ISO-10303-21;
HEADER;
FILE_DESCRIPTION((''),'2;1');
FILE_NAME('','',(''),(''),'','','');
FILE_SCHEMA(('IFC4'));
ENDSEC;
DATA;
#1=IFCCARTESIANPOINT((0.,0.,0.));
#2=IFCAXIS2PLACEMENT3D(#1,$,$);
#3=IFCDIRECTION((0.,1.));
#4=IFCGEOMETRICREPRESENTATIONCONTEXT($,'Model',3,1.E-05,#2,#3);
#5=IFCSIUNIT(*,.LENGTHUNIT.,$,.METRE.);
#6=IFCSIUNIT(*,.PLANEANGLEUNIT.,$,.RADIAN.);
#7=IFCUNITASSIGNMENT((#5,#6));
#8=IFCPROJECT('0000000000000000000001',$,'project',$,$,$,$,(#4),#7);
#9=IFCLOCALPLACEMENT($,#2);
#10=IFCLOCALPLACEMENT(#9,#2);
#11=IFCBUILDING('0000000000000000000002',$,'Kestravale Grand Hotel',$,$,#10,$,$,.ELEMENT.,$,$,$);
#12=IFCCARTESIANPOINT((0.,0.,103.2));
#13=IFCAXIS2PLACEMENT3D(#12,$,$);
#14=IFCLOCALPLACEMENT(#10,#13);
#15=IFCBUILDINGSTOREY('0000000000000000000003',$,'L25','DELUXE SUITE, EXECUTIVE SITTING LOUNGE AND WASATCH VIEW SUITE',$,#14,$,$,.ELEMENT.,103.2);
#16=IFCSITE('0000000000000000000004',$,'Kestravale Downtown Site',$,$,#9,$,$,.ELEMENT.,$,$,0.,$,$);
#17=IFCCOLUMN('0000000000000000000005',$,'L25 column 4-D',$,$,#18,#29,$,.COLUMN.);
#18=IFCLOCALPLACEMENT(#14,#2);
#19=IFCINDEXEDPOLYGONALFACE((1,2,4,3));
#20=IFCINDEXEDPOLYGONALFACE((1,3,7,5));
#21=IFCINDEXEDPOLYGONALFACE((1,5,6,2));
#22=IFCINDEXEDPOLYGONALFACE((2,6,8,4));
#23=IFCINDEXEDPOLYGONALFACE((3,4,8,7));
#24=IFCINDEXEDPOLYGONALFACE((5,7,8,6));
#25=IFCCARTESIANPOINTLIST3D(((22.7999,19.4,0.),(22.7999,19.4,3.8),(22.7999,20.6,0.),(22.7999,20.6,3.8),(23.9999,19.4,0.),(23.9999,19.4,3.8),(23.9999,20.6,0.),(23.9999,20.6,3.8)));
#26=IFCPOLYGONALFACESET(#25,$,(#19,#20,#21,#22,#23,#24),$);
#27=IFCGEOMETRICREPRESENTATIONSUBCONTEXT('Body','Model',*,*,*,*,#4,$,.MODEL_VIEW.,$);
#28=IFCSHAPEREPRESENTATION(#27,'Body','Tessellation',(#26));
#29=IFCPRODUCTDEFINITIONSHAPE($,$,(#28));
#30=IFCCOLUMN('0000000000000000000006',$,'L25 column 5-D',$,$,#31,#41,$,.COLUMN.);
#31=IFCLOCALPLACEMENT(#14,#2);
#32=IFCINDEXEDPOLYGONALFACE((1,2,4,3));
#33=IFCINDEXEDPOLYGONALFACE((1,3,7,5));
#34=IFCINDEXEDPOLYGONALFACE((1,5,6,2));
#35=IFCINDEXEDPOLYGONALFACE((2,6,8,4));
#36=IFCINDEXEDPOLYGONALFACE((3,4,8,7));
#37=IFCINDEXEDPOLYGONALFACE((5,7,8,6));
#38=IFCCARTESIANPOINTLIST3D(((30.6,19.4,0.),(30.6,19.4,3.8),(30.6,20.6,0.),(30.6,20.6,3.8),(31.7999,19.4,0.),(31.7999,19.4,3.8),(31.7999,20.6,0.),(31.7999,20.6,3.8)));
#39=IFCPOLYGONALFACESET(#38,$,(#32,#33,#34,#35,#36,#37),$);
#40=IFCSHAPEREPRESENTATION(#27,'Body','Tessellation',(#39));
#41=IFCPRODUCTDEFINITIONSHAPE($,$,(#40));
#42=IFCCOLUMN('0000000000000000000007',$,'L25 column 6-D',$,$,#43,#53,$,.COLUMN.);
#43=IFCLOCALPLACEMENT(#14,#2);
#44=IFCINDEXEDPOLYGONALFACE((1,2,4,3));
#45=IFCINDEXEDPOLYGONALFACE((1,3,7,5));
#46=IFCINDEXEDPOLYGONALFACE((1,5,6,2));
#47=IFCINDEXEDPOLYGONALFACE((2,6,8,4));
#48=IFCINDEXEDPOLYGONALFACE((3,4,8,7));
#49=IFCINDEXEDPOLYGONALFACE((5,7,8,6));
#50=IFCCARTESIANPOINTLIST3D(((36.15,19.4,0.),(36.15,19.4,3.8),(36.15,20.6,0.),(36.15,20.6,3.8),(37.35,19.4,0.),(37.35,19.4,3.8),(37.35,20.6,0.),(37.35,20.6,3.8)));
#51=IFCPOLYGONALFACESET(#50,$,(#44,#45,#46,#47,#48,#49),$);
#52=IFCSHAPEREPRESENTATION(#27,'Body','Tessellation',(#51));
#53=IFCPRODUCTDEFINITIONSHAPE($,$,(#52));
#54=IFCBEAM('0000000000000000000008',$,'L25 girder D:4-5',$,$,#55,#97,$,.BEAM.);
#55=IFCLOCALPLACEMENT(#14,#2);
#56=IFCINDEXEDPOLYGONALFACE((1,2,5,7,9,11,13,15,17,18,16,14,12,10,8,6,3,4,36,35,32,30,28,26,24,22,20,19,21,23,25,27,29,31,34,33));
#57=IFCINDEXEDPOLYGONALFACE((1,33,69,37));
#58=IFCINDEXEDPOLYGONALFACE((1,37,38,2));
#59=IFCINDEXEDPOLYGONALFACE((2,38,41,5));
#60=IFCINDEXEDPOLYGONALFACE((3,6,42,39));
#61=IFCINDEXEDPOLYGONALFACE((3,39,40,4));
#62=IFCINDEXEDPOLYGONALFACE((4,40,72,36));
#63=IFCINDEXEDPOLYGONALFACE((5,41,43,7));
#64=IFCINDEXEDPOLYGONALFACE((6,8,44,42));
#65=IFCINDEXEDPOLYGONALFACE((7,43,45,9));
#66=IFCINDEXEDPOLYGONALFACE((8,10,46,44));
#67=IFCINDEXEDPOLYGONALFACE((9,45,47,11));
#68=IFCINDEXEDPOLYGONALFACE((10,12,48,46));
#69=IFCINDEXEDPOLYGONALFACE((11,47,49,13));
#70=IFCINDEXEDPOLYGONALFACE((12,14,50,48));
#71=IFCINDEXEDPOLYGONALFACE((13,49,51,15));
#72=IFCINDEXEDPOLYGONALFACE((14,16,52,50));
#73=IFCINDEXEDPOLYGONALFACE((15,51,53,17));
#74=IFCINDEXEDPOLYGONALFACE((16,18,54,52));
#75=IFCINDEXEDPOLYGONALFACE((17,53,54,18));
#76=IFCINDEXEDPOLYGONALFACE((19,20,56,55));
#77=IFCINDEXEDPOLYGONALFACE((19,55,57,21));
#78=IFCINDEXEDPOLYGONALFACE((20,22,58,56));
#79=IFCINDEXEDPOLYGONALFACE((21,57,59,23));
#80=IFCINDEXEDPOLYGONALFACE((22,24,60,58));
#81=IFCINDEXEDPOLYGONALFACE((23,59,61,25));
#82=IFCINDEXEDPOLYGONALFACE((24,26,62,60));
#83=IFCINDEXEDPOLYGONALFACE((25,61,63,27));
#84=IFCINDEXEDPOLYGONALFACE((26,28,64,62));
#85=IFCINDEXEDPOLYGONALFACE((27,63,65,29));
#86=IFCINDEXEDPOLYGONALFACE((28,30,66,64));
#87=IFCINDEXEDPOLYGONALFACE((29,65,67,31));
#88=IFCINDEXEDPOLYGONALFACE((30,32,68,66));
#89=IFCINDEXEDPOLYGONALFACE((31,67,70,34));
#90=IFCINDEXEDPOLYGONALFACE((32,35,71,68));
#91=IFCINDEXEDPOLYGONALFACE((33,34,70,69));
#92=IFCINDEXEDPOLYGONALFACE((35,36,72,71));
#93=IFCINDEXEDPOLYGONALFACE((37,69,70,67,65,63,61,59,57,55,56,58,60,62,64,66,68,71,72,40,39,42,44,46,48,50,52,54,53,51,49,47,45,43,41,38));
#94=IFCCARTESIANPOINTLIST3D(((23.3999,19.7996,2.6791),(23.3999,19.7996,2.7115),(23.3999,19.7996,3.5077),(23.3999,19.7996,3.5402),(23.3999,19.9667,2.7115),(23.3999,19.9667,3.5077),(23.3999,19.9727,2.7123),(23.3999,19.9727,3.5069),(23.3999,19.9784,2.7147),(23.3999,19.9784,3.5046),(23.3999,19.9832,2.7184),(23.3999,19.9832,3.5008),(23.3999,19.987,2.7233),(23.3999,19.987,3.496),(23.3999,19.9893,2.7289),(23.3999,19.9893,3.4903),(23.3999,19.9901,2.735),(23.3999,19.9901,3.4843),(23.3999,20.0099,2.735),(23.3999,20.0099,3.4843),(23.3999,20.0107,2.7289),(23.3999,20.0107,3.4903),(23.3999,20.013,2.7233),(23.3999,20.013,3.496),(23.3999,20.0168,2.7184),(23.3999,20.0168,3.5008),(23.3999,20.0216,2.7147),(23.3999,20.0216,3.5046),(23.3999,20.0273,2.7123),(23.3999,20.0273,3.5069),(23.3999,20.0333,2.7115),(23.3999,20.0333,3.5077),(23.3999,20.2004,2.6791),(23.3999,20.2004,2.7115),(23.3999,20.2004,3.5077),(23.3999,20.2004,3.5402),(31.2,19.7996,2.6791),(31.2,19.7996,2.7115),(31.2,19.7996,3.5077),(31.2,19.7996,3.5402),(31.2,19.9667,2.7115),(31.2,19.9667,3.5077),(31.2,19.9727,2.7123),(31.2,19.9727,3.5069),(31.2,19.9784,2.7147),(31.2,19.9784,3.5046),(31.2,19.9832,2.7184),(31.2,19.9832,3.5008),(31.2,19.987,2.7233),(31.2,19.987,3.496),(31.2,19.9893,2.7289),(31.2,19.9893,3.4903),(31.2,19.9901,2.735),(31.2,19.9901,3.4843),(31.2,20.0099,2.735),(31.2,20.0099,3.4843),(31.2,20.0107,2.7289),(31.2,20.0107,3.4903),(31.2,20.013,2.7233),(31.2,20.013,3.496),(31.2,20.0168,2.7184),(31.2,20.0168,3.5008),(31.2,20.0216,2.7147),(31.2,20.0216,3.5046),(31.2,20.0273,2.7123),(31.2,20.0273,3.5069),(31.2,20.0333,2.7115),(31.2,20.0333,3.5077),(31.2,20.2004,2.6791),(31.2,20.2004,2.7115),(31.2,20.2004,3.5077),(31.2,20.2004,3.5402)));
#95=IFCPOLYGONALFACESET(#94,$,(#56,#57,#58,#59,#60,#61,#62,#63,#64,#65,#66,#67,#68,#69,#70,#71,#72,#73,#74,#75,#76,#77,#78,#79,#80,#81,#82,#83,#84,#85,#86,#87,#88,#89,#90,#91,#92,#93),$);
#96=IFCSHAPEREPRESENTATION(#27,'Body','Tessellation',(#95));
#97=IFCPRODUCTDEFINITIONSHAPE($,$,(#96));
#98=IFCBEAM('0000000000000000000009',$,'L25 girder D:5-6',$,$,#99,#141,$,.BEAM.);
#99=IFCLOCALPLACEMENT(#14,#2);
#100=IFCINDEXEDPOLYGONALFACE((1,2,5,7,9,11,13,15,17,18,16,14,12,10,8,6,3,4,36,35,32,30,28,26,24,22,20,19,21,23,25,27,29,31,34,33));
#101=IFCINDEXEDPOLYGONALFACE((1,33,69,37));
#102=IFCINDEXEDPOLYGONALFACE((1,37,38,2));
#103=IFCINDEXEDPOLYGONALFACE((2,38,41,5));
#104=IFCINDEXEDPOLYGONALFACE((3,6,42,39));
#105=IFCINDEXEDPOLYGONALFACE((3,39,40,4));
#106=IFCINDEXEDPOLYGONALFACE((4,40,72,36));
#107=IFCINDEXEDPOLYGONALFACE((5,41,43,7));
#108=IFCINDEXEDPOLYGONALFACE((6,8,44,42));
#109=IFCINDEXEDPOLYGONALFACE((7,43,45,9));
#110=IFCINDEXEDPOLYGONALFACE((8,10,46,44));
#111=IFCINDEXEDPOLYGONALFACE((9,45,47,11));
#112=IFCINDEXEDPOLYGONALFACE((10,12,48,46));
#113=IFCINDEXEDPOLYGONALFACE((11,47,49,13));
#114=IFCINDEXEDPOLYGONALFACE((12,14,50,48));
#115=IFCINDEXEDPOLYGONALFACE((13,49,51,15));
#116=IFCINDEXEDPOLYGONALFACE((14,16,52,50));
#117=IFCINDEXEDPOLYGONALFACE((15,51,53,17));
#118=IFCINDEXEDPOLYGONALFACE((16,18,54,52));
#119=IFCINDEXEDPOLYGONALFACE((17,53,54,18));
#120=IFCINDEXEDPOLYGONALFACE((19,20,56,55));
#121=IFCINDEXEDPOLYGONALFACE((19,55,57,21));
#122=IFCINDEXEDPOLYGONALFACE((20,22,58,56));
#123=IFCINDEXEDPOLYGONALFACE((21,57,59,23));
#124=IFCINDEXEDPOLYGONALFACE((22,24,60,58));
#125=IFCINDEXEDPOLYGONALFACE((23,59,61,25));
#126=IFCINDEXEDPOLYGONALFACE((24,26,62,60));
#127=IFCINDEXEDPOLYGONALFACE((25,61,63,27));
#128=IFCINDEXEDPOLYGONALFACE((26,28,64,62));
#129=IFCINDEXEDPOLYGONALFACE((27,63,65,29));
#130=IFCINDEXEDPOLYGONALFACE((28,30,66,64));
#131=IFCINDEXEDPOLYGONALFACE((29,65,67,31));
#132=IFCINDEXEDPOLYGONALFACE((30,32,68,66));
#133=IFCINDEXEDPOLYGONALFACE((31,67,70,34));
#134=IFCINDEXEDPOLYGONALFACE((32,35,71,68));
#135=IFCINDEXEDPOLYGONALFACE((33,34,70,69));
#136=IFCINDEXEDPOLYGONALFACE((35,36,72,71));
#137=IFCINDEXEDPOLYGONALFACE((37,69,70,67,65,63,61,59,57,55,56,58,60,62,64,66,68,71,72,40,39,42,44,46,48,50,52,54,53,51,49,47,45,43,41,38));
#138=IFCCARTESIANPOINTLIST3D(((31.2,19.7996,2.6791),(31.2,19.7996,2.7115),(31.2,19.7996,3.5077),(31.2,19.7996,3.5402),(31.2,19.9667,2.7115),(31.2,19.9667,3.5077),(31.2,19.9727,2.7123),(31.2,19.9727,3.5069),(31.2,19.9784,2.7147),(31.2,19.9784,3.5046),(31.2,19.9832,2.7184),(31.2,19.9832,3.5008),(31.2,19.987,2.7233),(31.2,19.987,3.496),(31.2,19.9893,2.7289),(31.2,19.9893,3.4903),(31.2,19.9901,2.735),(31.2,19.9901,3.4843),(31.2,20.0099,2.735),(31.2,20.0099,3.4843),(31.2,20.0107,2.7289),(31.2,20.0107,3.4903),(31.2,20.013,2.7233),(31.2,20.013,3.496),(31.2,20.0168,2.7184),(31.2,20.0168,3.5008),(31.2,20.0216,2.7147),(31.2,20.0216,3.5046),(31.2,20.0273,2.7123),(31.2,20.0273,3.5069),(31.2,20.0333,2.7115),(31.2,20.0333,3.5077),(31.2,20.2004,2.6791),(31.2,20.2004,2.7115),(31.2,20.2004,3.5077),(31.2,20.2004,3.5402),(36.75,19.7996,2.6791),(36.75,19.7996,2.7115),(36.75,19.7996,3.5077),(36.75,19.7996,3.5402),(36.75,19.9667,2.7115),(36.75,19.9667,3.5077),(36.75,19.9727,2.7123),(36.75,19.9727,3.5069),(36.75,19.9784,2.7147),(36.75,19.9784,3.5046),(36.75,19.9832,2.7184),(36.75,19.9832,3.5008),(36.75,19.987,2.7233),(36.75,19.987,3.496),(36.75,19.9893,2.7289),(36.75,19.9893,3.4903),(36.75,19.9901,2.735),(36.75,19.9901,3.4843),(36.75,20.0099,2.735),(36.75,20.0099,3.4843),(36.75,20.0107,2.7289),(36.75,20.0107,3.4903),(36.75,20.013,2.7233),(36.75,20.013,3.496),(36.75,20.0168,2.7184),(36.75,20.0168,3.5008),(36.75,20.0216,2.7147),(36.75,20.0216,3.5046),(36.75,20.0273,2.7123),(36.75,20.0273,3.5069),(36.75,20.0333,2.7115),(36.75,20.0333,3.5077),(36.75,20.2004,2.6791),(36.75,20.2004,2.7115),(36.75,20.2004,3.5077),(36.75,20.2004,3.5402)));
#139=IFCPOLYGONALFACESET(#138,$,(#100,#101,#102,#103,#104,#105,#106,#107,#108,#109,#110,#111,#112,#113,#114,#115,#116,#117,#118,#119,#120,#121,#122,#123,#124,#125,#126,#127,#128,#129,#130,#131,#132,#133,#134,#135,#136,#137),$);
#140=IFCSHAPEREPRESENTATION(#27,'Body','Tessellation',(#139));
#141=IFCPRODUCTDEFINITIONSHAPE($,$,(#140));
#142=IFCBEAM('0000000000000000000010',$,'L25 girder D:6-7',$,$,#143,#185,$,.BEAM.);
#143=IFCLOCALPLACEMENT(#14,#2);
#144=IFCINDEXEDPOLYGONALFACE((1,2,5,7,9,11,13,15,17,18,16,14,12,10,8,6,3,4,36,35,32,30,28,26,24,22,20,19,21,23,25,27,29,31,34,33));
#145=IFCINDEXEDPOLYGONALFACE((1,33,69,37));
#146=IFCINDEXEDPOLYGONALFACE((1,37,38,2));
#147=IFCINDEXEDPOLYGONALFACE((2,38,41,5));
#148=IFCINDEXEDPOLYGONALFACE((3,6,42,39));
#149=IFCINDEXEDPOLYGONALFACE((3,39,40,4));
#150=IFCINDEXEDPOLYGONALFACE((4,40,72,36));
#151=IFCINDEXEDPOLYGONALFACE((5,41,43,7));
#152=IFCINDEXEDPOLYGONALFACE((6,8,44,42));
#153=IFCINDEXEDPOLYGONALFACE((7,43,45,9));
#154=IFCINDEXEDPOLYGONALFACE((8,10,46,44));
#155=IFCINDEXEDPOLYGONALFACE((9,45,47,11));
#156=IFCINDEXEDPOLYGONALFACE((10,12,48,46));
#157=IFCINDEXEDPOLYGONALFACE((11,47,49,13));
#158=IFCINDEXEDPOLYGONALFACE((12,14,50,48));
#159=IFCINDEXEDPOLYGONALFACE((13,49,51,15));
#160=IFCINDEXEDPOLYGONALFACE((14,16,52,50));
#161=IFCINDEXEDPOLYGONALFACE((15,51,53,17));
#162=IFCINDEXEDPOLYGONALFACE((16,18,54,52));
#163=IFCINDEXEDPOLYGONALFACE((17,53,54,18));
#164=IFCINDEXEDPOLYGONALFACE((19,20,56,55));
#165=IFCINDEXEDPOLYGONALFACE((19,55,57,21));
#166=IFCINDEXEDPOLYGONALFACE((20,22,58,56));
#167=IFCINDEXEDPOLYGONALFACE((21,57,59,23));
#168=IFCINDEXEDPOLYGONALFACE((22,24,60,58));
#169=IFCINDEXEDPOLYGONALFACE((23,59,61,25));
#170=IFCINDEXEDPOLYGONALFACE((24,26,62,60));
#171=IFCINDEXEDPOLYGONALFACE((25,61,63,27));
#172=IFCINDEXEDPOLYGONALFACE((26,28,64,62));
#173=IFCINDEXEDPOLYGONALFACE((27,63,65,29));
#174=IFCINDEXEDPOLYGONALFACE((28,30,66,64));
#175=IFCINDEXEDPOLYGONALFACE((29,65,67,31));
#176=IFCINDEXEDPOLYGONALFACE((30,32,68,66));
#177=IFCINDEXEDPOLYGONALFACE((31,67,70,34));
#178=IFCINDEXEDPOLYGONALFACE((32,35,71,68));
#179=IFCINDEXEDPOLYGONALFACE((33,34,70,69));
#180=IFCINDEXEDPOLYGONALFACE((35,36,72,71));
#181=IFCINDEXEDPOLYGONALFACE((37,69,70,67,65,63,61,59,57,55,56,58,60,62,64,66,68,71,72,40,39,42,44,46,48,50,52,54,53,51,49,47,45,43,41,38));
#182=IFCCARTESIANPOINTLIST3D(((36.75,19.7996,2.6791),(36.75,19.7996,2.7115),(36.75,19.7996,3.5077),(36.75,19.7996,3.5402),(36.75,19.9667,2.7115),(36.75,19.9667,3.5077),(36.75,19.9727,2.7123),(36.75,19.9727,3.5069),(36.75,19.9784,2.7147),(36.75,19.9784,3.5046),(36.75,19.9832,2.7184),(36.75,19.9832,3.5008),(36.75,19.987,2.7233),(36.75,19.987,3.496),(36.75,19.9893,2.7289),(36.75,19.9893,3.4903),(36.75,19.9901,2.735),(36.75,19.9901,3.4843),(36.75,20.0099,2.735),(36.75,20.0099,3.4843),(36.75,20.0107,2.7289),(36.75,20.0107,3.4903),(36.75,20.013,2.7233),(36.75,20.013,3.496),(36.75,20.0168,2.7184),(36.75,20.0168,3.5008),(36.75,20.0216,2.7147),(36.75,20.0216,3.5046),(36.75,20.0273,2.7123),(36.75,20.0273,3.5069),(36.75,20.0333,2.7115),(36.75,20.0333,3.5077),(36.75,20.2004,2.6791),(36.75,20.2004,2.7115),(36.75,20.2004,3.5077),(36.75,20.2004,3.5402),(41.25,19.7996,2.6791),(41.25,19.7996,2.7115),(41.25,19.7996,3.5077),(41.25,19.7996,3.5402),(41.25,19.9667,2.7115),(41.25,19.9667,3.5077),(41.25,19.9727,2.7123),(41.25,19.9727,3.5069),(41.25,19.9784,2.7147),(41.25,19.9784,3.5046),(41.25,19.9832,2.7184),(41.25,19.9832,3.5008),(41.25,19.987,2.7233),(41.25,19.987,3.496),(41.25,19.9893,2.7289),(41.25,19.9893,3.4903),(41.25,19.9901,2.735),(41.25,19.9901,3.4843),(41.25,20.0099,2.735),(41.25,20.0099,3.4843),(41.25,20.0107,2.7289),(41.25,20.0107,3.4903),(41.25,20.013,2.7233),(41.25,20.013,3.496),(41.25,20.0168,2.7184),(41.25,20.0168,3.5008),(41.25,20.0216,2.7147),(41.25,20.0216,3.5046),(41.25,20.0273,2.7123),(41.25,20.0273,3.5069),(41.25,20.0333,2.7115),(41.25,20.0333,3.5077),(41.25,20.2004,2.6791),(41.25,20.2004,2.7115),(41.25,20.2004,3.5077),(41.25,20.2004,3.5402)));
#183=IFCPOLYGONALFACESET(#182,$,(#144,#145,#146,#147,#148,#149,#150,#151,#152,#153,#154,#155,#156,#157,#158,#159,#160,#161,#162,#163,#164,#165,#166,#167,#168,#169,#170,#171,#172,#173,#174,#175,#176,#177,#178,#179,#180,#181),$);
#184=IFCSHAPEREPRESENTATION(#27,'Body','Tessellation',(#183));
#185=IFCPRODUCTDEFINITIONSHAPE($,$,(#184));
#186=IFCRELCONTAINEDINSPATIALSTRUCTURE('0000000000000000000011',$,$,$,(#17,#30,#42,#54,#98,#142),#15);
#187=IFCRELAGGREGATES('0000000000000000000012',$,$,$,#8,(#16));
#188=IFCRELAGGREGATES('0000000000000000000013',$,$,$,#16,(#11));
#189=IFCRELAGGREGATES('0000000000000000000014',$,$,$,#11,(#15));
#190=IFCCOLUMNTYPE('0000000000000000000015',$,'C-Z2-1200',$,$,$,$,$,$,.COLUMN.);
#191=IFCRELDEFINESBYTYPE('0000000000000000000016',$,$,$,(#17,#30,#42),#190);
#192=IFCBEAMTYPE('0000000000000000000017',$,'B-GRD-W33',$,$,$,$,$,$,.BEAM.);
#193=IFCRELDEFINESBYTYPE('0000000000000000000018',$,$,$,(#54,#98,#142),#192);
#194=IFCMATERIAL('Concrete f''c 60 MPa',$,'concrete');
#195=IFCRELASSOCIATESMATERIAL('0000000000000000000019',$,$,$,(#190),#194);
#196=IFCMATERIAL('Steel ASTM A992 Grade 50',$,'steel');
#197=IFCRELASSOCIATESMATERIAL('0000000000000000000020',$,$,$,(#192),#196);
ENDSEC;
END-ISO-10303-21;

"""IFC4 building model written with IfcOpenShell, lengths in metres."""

from ifc_helpers import new_model, si_unit, direction, frame, origin, origin_2d, place, context, subcontext, project, spatial, rectangle, i_section, extrude, material, material_profile, profile_set, type_object, element, save


model = new_model("IFC4")

# Units and contexts
model_context = context("Model", 3, precision=1e-05, world=origin(), true_north=direction((0.0, 1.0)))
body_context = subcontext(model_context, "Body", "Model", "MODEL_VIEW")
ifc_project = project(units=[si_unit("LENGTHUNIT", "METRE"), si_unit("PLANEANGLEUNIT", "RADIAN")], contexts=[model_context])

# Site, building, storey
site_placement = place(None, origin())
site = spatial("IfcSite", under=ifc_project, at=site_placement, Name="Kestravale Downtown Site", CompositionType="ELEMENT", RefElevation=0.0)
building_placement = place(site_placement, origin())
building = spatial("IfcBuilding", under=site, at=building_placement, Name="Kestravale Grand Hotel", CompositionType="ELEMENT")
storey_placement = place(building_placement, frame((0.0, 0.0, 103.2)))
storey = spatial("IfcBuildingStorey", under=building, at=storey_placement, Name="L25", Description="DELUXE SUITE, EXECUTIVE SITTING LOUNGE AND WASATCH VIEW SUITE", CompositionType="ELEMENT", Elevation=103.2)

# Columns
ifc_material_1 = material(Name="Concrete f'c 60 MPa", Category="concrete")
ifc_material_profile_1 = material_profile(ifc_material_1, rectangle(XDim=1.2, YDim=1.2, at=origin_2d()))
ifc_profile_set_1 = profile_set([ifc_material_profile_1], Name="Concrete f'c 60 MPa")
column_type = type_object("IfcColumnType", Name="C-Z2-1200", PredefinedType="COLUMN", material=ifc_profile_set_1)
for number, where, z_axis, x_axis, name in (
    (1, (23.3999, 20.0, 0.0), (0.0, 0.0, 1.0), (1.0, 0.0, 0.0), "L25 column 4-D"),
    (2, (31.2, 20.0, 0.0), (0.0, 0.0, 1.0), (1.0, 0.0, 0.0), "L25 column 5-D"),
    (3, (36.75, 20.0, 0.0), (0.0, 0.0, 1.0), (1.0, 0.0, 0.0), "L25 column 6-D"),
):
    element("IfcColumn", number, at=place(storey_placement, frame(where, z_axis=z_axis, x_axis=x_axis)), inside=storey, type_object=column_type, Name=name, PredefinedType="COLUMN", context=body_context, shape_type="SweptSolid", body=[
        extrude(rectangle(XDim=1.2, YDim=1.2, at=origin_2d()), origin(), (0.0, 0.0, 1.0), 3.8),
    ])

# Beams
ifc_material_2 = material(Name="Steel ASTM A992 Grade 50", Category="steel")
ifc_material_profile_2 = material_profile(ifc_material_2, i_section(OverallWidth=0.4009, OverallDepth=0.8611, WebThickness=0.0198, FlangeThickness=0.0325, FilletRadius=0.0234, at=origin_2d()))
ifc_profile_set_2 = profile_set([ifc_material_profile_2], Name="Steel ASTM A992 Grade 50")
beam_type = type_object("IfcBeamType", Name="B-GRD-W33", PredefinedType="BEAM", material=ifc_profile_set_2)
beam_1_placement = place(storey_placement, frame((23.3999, 20.0, 3.1096), z_axis=(1.0, 0.0, 0.0), x_axis=(0.0, 1.0, 0.0)))
element("IfcBeam", 4, at=beam_1_placement, inside=storey, type_object=beam_type, Name="L25 girder D:4-5", PredefinedType="BEAM", context=body_context, shape_type="SweptSolid", body=[
    extrude(i_section(OverallWidth=0.4009, OverallDepth=0.8611, WebThickness=0.0198, FlangeThickness=0.0325, FilletRadius=0.0234, at=origin_2d()), origin(), (0.0, 0.0, 1.0), 7.8),
])
beam_2_placement = place(storey_placement, frame((31.2, 20.0, 3.1096), z_axis=(1.0, 0.0, 0.0), x_axis=(0.0, 1.0, 0.0)))
element("IfcBeam", 5, at=beam_2_placement, inside=storey, type_object=beam_type, Name="L25 girder D:5-6", PredefinedType="BEAM", context=body_context, shape_type="SweptSolid", body=[
    extrude(i_section(OverallWidth=0.4009, OverallDepth=0.8611, WebThickness=0.0198, FlangeThickness=0.0325, FilletRadius=0.0234, at=origin_2d()), origin(), (0.0, 0.0, 1.0), 5.55),
])
beam_3_placement = place(storey_placement, frame((36.75, 20.0, 3.1096), z_axis=(1.0, 0.0, 0.0), x_axis=(0.0, 1.0, 0.0)))
element("IfcBeam", 6, at=beam_3_placement, inside=storey, type_object=beam_type, Name="L25 girder D:6-7", PredefinedType="BEAM", context=body_context, shape_type="SweptSolid", body=[
    extrude(i_section(OverallWidth=0.4009, OverallDepth=0.8611, WebThickness=0.0198, FlangeThickness=0.0325, FilletRadius=0.0234, at=origin_2d()), origin(), (0.0, 0.0, 1.0), 4.5),
])

save(model, "model.ifc")
